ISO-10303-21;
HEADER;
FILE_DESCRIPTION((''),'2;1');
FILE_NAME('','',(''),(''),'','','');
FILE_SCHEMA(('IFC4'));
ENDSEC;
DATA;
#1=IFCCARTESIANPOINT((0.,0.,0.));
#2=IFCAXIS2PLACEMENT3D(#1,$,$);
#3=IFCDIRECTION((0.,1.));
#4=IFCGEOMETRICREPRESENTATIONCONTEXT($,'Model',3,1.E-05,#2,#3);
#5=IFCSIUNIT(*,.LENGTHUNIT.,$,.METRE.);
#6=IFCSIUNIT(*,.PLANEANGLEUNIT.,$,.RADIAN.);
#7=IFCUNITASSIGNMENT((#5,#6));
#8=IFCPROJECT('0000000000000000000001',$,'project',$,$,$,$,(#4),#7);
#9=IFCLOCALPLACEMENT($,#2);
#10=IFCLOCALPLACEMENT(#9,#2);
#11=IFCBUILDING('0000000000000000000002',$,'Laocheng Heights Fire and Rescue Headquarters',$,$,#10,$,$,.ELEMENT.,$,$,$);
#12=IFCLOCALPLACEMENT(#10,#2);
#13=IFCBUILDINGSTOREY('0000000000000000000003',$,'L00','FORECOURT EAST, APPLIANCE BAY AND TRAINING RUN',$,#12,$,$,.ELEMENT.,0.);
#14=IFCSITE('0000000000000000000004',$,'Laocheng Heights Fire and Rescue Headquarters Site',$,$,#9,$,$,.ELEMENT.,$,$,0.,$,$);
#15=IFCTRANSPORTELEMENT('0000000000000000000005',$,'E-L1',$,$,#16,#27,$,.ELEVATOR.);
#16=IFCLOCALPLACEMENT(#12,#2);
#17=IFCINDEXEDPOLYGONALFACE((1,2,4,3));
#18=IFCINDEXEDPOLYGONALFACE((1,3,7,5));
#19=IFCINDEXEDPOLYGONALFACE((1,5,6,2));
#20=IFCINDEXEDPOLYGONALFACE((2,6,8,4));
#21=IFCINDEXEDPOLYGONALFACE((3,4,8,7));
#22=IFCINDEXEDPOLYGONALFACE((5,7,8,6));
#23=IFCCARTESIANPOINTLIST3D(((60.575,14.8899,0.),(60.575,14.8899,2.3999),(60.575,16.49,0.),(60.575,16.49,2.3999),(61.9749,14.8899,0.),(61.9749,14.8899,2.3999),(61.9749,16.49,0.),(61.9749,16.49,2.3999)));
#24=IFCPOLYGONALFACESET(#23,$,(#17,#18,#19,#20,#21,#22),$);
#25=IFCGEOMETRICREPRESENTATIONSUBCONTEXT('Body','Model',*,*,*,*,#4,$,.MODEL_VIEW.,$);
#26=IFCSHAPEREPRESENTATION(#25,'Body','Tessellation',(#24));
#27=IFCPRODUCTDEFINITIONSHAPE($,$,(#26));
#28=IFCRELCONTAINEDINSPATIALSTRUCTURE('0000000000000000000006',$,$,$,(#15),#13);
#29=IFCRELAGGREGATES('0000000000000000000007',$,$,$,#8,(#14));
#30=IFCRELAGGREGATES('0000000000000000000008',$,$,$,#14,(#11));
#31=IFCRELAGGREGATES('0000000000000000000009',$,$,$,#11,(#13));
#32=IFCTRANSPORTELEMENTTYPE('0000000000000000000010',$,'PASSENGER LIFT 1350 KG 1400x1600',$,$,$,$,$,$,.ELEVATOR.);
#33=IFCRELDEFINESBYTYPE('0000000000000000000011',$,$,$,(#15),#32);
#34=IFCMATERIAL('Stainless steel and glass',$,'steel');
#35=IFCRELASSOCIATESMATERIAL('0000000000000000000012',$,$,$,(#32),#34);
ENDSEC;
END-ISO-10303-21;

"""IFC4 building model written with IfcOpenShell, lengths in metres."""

from ifc_helpers import new_model, si_unit, direction, frame, origin, origin_2d, place, context, subcontext, project, spatial, rectangle, extrude, material, type_object, element, save


model = new_model("IFC4")

# Units and contexts
model_context = context("Model", 3, precision=1e-05, world=origin(), true_north=direction((0.0, 1.0)))
body_context = subcontext(model_context, "Body", "Model", "MODEL_VIEW")
ifc_project = project(units=[si_unit("LENGTHUNIT", "METRE"), si_unit("PLANEANGLEUNIT", "RADIAN")], contexts=[model_context])

# Site, building, storey
site_placement = place(None, origin())
site = spatial("IfcSite", under=ifc_project, at=site_placement, Name="Laocheng Heights Fire and Rescue Headquarters Site", CompositionType="ELEMENT", RefElevation=0.0)
building_placement = place(site_placement, origin())
building = spatial("IfcBuilding", under=site, at=building_placement, Name="Laocheng Heights Fire and Rescue Headquarters", CompositionType="ELEMENT")
storey_placement = place(building_placement, origin())
storey = spatial("IfcBuildingStorey", under=building, at=storey_placement, Name="L00", Description="FORECOURT EAST, APPLIANCE BAY AND TRAINING RUN", CompositionType="ELEMENT", Elevation=0.0)

# Transport element
ifc_material_1 = material(Name="Stainless steel and glass", Category="steel")
transport_element_type = type_object("IfcTransportElementType", Name="PASSENGER LIFT 1350 KG 1400x1600", PredefinedType="ELEVATOR", material=ifc_material_1)
transport_element_placement = place(storey_placement, frame((61.2749, 15.6899, 0.0), z_axis=(0.0, 0.0, 1.0), x_axis=(1.0, 0.0, 0.0)))
element("IfcTransportElement", 1, at=transport_element_placement, inside=storey, type_object=transport_element_type, Name="E-L1", PredefinedType="ELEVATOR", context=body_context, shape_type="SweptSolid", body=[
    extrude(rectangle(XDim=1.3999, YDim=1.6001, at=origin_2d()), origin(), (0.0, 0.0, 1.0), 2.3999),
])

save(model, "model.ifc")
